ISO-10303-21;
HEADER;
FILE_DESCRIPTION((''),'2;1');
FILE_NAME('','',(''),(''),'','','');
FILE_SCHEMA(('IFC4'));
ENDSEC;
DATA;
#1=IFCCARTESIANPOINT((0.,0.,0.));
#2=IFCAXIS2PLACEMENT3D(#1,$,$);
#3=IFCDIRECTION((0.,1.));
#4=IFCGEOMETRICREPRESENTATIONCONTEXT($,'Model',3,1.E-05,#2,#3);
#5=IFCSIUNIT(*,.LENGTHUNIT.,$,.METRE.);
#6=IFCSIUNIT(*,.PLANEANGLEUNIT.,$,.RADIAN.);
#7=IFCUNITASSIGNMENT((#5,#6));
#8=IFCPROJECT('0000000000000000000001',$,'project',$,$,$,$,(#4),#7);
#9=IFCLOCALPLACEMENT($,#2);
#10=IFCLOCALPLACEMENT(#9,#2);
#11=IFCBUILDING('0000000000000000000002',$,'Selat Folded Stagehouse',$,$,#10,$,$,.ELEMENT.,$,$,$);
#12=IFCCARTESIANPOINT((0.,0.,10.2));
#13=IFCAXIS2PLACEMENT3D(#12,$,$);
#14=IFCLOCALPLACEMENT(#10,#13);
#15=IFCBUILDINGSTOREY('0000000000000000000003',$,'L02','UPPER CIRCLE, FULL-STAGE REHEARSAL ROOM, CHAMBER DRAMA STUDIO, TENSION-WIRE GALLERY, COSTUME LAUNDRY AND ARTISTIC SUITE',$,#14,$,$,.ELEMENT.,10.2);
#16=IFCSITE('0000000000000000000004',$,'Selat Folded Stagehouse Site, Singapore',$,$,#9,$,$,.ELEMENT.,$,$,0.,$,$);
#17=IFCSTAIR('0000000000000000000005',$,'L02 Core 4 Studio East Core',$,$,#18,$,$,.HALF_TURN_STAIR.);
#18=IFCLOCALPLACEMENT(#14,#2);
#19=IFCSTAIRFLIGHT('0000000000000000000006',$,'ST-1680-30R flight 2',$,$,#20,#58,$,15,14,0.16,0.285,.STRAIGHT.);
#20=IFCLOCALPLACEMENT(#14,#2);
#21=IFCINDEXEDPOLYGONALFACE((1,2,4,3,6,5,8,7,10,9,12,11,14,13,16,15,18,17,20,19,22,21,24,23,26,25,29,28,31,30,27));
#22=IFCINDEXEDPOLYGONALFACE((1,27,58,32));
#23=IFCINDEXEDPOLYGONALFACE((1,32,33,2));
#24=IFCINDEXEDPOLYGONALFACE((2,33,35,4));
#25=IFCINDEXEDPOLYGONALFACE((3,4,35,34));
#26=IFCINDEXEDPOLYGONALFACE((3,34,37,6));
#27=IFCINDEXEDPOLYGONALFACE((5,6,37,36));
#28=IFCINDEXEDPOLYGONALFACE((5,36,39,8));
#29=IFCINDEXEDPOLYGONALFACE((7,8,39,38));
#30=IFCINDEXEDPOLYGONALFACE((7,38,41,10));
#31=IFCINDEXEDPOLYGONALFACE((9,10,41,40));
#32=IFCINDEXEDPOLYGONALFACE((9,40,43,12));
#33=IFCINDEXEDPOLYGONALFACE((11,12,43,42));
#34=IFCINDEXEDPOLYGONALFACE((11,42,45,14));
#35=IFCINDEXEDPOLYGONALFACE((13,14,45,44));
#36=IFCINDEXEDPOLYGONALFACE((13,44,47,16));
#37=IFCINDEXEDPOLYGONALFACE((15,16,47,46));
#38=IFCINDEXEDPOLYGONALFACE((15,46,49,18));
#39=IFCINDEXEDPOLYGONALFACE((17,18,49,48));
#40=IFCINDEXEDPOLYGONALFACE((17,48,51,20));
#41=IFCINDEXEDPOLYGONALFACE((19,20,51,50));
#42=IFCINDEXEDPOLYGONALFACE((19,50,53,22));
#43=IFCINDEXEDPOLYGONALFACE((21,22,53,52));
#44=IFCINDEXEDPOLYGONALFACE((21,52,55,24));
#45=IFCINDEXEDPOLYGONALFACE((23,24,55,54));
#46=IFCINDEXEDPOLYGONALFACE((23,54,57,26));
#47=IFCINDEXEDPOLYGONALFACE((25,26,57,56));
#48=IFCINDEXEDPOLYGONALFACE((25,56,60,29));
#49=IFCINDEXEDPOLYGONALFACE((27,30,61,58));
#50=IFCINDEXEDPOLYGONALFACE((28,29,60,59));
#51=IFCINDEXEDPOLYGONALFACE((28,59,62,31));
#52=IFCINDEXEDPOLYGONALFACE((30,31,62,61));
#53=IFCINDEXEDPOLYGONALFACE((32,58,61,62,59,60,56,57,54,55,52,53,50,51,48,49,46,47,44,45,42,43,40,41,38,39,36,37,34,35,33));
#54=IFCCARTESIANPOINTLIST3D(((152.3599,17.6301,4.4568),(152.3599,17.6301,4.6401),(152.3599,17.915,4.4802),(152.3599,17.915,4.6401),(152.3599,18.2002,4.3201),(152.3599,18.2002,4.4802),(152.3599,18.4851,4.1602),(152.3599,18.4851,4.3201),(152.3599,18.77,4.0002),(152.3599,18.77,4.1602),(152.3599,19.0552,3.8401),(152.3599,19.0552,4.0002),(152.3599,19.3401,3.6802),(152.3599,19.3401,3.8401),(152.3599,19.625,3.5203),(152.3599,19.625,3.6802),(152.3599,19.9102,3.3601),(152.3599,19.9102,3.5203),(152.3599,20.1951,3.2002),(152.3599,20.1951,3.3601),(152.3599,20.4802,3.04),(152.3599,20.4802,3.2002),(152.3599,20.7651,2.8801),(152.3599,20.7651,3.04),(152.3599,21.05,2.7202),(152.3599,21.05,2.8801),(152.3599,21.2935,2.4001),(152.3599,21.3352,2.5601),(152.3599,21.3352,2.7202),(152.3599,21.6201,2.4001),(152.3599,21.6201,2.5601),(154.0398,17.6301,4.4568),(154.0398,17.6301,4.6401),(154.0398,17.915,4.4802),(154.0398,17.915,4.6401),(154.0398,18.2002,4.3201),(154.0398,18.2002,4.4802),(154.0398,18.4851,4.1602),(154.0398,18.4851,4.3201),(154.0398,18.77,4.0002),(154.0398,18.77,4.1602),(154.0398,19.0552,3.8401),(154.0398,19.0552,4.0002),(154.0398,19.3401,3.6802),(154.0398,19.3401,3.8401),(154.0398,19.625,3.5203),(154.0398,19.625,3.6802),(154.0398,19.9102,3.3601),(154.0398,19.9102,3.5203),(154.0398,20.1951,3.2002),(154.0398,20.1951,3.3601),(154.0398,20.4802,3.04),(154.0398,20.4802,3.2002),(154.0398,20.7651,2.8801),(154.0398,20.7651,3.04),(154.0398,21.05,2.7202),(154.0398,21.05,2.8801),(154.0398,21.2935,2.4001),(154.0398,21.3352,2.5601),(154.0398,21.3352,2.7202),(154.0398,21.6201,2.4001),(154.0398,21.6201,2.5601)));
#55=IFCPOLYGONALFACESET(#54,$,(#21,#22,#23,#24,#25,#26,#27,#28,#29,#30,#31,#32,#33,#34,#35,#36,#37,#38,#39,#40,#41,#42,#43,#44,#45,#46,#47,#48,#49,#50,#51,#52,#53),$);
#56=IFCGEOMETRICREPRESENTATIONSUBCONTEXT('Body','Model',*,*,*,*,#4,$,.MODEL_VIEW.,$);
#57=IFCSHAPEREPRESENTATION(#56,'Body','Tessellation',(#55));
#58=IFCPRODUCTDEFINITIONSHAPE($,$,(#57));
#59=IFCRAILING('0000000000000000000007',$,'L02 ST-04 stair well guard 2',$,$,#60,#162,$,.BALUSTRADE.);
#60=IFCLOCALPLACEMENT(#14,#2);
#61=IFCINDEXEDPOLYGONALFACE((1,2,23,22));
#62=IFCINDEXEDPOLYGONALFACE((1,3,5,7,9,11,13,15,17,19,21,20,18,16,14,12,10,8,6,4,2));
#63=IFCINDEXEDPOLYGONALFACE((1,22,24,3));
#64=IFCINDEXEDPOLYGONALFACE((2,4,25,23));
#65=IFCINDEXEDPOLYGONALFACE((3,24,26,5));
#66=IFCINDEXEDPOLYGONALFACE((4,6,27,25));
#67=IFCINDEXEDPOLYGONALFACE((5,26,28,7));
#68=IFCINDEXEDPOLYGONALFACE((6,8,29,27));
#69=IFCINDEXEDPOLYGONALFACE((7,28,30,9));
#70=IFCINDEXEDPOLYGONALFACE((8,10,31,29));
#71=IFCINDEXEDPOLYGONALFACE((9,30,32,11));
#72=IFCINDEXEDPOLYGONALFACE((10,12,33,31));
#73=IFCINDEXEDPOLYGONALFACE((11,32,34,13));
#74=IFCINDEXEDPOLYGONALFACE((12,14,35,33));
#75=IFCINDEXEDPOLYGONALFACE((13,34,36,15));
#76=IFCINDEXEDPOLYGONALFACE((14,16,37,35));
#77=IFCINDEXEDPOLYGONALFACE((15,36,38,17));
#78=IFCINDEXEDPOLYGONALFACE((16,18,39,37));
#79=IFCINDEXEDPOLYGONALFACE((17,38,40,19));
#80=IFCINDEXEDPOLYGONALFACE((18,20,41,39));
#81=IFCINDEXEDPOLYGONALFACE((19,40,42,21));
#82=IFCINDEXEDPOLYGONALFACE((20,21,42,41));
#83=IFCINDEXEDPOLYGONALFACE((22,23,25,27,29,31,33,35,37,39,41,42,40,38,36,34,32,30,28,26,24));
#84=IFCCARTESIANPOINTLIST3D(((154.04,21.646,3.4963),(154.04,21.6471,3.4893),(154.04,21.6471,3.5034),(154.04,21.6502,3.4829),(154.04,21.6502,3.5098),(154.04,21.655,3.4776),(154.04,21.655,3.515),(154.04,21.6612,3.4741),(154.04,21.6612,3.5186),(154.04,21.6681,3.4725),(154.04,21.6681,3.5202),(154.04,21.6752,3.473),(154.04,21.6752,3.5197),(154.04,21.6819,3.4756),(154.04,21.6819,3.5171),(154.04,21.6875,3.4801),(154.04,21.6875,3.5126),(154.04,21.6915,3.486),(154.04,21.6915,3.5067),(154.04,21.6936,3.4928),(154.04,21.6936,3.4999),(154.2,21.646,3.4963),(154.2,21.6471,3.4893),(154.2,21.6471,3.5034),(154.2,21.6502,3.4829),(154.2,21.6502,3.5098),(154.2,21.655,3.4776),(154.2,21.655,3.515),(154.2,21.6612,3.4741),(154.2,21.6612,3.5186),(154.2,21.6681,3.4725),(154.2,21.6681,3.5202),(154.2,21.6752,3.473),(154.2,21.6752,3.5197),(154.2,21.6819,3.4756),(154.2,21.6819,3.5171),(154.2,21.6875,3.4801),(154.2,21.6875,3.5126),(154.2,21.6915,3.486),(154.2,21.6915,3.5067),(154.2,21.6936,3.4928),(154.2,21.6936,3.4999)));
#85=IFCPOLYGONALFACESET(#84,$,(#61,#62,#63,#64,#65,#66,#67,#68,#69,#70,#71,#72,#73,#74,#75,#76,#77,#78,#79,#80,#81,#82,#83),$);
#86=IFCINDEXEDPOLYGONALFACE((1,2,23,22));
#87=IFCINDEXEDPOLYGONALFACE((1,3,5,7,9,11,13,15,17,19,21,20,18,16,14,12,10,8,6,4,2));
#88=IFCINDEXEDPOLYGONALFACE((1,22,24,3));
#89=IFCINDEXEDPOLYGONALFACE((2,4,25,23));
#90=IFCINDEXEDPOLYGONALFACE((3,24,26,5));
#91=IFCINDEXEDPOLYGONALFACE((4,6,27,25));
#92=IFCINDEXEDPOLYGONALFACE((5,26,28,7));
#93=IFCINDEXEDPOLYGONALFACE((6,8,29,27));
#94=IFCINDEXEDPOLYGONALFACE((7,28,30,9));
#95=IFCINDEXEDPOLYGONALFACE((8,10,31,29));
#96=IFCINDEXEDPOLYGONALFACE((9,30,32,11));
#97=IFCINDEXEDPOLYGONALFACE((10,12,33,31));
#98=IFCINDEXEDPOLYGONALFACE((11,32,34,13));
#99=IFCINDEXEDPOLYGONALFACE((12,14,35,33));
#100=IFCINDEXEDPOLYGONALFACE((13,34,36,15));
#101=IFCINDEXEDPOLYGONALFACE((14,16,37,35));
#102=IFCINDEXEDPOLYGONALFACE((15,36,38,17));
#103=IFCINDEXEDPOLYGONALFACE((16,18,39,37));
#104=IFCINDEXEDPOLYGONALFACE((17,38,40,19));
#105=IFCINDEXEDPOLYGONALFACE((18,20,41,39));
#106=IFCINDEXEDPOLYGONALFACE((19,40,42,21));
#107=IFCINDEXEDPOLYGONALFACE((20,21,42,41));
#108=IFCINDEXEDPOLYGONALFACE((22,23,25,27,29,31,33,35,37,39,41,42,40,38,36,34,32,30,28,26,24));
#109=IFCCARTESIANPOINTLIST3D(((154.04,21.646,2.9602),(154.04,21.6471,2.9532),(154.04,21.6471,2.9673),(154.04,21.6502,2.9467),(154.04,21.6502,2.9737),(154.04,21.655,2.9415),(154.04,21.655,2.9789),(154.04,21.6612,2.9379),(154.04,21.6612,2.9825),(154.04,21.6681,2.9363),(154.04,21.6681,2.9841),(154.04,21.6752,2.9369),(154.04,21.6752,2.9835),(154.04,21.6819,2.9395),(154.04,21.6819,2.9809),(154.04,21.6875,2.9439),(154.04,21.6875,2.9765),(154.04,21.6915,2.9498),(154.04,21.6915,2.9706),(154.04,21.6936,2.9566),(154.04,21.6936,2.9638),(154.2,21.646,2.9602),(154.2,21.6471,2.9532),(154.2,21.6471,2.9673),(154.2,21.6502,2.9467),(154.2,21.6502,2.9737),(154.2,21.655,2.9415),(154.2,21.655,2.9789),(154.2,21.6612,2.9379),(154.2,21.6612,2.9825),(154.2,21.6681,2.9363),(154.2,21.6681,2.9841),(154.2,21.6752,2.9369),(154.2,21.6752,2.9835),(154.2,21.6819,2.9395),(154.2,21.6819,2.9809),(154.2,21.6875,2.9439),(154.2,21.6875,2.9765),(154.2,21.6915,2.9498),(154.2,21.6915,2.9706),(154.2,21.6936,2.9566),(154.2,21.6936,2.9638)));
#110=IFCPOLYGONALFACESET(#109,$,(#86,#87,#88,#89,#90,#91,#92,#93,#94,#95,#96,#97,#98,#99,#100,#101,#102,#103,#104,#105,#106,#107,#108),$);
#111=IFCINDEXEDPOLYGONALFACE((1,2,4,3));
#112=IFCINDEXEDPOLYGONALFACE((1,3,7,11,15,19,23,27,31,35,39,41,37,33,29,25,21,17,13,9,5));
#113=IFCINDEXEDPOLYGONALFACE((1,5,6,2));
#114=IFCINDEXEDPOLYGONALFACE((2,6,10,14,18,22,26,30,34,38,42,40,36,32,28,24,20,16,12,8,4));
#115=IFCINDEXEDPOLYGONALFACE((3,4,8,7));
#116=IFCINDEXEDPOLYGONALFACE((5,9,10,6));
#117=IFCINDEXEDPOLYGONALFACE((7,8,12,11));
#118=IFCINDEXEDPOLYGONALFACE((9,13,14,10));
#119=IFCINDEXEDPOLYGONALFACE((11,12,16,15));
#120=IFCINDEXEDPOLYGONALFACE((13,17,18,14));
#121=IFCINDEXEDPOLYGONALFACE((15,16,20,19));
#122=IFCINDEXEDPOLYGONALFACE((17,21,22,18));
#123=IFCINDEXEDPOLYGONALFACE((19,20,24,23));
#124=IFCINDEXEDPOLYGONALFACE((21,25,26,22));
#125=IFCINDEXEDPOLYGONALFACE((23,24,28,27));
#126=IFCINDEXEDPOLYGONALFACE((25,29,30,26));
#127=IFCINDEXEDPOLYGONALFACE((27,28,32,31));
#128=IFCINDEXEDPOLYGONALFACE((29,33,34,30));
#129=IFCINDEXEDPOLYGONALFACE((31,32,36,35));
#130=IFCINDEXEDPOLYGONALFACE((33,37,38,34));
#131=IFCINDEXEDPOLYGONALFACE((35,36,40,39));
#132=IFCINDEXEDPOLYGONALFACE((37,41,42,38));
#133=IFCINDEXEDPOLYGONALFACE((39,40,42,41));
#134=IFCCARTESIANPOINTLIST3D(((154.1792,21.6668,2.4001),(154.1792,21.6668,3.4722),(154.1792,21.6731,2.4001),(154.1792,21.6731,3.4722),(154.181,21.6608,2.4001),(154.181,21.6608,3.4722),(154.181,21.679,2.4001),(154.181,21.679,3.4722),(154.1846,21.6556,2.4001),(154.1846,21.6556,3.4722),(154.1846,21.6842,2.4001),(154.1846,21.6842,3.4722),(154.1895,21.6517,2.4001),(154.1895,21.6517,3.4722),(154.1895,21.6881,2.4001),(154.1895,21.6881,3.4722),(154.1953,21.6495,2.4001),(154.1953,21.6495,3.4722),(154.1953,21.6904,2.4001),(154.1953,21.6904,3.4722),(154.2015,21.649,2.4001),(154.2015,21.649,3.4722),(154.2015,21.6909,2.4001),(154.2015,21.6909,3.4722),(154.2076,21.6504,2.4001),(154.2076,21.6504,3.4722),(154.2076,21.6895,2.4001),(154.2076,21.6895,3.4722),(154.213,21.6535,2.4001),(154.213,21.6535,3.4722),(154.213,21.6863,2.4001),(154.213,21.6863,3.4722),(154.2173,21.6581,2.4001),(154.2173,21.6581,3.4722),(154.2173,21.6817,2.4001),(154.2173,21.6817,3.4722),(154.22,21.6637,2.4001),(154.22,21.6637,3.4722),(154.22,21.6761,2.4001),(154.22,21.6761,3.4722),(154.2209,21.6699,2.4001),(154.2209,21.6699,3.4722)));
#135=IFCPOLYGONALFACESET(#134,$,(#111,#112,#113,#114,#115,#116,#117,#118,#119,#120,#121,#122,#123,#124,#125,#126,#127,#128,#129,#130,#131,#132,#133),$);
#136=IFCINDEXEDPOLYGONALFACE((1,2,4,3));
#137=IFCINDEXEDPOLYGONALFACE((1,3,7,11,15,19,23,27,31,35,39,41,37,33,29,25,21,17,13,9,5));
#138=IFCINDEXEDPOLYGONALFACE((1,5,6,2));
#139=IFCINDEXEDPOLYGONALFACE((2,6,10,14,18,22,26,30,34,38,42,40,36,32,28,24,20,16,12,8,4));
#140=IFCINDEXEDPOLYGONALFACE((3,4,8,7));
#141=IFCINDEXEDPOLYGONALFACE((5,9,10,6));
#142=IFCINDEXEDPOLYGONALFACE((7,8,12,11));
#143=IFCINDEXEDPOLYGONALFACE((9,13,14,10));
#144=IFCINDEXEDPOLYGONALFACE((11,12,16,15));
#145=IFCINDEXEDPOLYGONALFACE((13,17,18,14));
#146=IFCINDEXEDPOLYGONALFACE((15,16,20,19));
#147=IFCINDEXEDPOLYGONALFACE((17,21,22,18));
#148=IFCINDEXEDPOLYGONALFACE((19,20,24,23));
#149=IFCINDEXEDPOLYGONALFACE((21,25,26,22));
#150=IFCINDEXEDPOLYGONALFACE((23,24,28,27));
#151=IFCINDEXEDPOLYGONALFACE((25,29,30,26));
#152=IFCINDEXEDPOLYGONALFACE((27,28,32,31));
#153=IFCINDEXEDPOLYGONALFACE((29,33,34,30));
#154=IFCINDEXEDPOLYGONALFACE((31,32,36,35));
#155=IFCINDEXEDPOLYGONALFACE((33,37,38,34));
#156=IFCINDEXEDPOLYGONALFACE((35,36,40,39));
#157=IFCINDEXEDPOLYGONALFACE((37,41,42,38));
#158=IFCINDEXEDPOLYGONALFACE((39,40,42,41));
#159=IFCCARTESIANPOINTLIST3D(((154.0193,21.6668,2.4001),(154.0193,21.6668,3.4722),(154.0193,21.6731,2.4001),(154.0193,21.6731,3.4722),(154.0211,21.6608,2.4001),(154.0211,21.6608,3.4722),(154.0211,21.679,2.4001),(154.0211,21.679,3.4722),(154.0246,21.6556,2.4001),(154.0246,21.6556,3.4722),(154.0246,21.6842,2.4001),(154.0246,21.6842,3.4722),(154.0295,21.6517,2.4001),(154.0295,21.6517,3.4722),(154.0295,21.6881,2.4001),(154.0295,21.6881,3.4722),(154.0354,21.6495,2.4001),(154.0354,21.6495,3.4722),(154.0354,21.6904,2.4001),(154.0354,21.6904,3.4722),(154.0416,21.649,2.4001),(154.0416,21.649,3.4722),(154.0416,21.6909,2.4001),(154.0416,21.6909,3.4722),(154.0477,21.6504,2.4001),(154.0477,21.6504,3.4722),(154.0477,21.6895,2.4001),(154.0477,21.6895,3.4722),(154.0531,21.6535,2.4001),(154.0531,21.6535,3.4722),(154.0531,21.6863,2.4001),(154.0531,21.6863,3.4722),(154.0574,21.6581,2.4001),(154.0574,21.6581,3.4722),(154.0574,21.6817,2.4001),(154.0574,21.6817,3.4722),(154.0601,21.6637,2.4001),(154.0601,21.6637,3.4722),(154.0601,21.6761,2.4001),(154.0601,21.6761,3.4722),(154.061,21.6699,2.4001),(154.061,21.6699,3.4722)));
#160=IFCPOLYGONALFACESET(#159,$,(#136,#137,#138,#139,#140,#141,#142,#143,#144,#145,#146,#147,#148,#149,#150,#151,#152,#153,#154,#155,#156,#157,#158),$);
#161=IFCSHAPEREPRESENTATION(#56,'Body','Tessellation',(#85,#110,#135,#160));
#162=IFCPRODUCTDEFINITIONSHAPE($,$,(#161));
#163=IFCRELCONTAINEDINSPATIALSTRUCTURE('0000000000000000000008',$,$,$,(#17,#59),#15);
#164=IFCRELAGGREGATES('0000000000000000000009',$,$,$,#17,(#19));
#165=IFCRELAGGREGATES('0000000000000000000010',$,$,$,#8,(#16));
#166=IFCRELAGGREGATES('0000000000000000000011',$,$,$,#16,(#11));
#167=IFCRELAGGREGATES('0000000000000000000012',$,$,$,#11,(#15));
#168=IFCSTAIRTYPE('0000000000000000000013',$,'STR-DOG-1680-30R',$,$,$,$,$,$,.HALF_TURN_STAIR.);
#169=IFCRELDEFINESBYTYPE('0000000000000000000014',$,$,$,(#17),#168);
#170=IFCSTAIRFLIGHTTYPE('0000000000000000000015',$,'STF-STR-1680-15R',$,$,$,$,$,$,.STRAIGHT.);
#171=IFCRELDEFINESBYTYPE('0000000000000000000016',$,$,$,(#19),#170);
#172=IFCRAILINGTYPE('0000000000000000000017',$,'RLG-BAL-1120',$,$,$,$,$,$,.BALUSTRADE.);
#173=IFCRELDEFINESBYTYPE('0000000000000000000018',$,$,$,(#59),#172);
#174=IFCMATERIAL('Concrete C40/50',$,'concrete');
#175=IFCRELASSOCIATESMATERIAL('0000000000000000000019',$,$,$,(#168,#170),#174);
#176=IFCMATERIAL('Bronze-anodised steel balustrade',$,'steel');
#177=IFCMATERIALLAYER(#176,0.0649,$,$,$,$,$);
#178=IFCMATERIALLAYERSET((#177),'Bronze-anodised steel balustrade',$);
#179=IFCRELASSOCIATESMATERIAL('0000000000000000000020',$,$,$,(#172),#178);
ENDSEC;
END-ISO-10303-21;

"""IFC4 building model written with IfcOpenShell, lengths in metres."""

from ifc_helpers import new_model, si_unit, direction, frame, origin, origin_2d, place, context, subcontext, project, spatial, polyline, circle, outline, extrude, material, layer, layer_set, type_object, element, aggregate, save


model = new_model("IFC4")

# Units and contexts
model_context = context("Model", 3, precision=1e-05, world=origin(), true_north=direction((0.0, 1.0)))
body_context = subcontext(model_context, "Body", "Model", "MODEL_VIEW")
ifc_project = project(units=[si_unit("LENGTHUNIT", "METRE"), si_unit("PLANEANGLEUNIT", "RADIAN")], contexts=[model_context])

# Site, building, storey
site_placement = place(None, origin())
site = spatial("IfcSite", under=ifc_project, at=site_placement, Name="Selat Folded Stagehouse Site, Singapore", CompositionType="ELEMENT", RefElevation=0.0)
building_placement = place(site_placement, origin())
building = spatial("IfcBuilding", under=site, at=building_placement, Name="Selat Folded Stagehouse", CompositionType="ELEMENT")
storey_placement = place(building_placement, frame((0.0, 0.0, 10.2)))
storey = spatial("IfcBuildingStorey", under=building, at=storey_placement, Name="L02", Description="UPPER CIRCLE, FULL-STAGE REHEARSAL ROOM, CHAMBER DRAMA STUDIO, TENSION-WIRE GALLERY, COSTUME LAUNDRY AND ARTISTIC SUITE", CompositionType="ELEMENT", Elevation=10.2)

# Shared definitions
ifc_material_1 = material(Name="Concrete C40/50", Category="concrete")

# Stair, stair flight
stair_type = type_object("IfcStairType", Name="STR-DOG-1680-30R", PredefinedType="HALF_TURN_STAIR", material=ifc_material_1)
stair_placement = place(storey_placement, origin())
stair = element("IfcStair", 1, at=stair_placement, inside=storey, type_object=stair_type, Name="L02 Core 4 Studio East Core", PredefinedType="HALF_TURN_STAIR")
stair_flight_type = type_object("IfcStairFlightType", Name="STF-STR-1680-15R", PredefinedType="STRAIGHT", material=ifc_material_1)
stair_flight_placement = place(storey_placement, frame((153.2, 21.6201, 2.4001), z_axis=(0.0, 0.0, 1.0), x_axis=(0.0, -1.0, 0.0)))
stair_flight = element("IfcStairFlight", 2, at=stair_flight_placement, type_object=stair_flight_type, Name="ST-1680-30R flight 2", NumberOfRisers=15, NumberOfTreads=14, PredefinedType="STRAIGHT", RiserHeight=0.16, TreadLength=0.285, context=body_context, shape_type="SweptSolid", body=[
    extrude(outline(polyline([(0.0, 0.0), (0.0, 0.1599), (0.2849, 0.1599), (0.2849, 0.3201), (0.5701, 0.3201), (0.5701, 0.48), (0.855, 0.48), (0.855, 0.6399), (1.1399, 0.6399), (1.1399, 0.8), (1.425, 0.8), (1.425, 0.96), (1.71, 0.96), (1.71, 1.1201), (1.9951, 1.1201), (1.9951, 1.28), (2.28, 1.28), (2.28, 1.4399), (2.5649, 1.4399), (2.5649, 1.6001), (2.8501, 1.6001), (2.8501, 1.76), (3.135, 1.76), (3.135, 1.9199), (3.4199, 1.9199), (3.4199, 2.0801), (3.7051, 2.0801), (3.7051, 2.24), (3.99, 2.24), (3.99, 2.3999), (3.99, 2.0566), (0.3267, 0.0), (0.0, 0.0)])), frame((0.0, 0.8398, 0.0), z_axis=(0.0, -1.0, 0.0), x_axis=(1.0, 0.0, 0.0)), (0.0, 0.0, 1.0), 1.6799),
])
aggregate(stair, [stair_flight])

# Railing
ifc_material_2 = material(Name="Bronze-anodised steel balustrade", Category="steel")
ifc_layer_1 = layer(ifc_material_2, 0.0649)
ifc_layer_set_1 = layer_set([ifc_layer_1], Name="Bronze-anodised steel balustrade")
railing_type_1 = type_object("IfcRailingType", Name="RLG-BAL-1120", PredefinedType="BALUSTRADE", material=ifc_layer_set_1)
railing_1_placement = place(storey_placement, frame((154.2, 21.6699, 2.4001)))
element("IfcRailing", 3, at=railing_1_placement, inside=storey, type_object=railing_type_1, Name="L02 ST-04 stair well guard 2", PredefinedType="BALUSTRADE", context=body_context, shape_type="SweptSolid", body=[
    extrude(circle(Radius=0.0239, at=origin_2d()), frame((0.0, 0.0, 1.0962), z_axis=(-1.0, 0.0, 0.0), x_axis=(0.0, -1.0, 0.0)), (0.0, 0.0, 1.0), 0.1599),
    extrude(circle(Radius=0.0239, at=origin_2d()), frame((0.0, 0.0, 0.5601), z_axis=(-1.0, 0.0, 0.0), x_axis=(0.0, -1.0, 0.0)), (0.0, 0.0, 1.0), 0.1599),
    extrude(circle(Radius=0.021, at=origin_2d()), origin(), (0.0, 0.0, 1.0), 1.072),
    extrude(circle(Radius=0.021, at=origin_2d()), frame((-0.1599, 0.0, 0.0)), (0.0, 0.0, 1.0), 1.072),
])

save(model, "model.ifc")
